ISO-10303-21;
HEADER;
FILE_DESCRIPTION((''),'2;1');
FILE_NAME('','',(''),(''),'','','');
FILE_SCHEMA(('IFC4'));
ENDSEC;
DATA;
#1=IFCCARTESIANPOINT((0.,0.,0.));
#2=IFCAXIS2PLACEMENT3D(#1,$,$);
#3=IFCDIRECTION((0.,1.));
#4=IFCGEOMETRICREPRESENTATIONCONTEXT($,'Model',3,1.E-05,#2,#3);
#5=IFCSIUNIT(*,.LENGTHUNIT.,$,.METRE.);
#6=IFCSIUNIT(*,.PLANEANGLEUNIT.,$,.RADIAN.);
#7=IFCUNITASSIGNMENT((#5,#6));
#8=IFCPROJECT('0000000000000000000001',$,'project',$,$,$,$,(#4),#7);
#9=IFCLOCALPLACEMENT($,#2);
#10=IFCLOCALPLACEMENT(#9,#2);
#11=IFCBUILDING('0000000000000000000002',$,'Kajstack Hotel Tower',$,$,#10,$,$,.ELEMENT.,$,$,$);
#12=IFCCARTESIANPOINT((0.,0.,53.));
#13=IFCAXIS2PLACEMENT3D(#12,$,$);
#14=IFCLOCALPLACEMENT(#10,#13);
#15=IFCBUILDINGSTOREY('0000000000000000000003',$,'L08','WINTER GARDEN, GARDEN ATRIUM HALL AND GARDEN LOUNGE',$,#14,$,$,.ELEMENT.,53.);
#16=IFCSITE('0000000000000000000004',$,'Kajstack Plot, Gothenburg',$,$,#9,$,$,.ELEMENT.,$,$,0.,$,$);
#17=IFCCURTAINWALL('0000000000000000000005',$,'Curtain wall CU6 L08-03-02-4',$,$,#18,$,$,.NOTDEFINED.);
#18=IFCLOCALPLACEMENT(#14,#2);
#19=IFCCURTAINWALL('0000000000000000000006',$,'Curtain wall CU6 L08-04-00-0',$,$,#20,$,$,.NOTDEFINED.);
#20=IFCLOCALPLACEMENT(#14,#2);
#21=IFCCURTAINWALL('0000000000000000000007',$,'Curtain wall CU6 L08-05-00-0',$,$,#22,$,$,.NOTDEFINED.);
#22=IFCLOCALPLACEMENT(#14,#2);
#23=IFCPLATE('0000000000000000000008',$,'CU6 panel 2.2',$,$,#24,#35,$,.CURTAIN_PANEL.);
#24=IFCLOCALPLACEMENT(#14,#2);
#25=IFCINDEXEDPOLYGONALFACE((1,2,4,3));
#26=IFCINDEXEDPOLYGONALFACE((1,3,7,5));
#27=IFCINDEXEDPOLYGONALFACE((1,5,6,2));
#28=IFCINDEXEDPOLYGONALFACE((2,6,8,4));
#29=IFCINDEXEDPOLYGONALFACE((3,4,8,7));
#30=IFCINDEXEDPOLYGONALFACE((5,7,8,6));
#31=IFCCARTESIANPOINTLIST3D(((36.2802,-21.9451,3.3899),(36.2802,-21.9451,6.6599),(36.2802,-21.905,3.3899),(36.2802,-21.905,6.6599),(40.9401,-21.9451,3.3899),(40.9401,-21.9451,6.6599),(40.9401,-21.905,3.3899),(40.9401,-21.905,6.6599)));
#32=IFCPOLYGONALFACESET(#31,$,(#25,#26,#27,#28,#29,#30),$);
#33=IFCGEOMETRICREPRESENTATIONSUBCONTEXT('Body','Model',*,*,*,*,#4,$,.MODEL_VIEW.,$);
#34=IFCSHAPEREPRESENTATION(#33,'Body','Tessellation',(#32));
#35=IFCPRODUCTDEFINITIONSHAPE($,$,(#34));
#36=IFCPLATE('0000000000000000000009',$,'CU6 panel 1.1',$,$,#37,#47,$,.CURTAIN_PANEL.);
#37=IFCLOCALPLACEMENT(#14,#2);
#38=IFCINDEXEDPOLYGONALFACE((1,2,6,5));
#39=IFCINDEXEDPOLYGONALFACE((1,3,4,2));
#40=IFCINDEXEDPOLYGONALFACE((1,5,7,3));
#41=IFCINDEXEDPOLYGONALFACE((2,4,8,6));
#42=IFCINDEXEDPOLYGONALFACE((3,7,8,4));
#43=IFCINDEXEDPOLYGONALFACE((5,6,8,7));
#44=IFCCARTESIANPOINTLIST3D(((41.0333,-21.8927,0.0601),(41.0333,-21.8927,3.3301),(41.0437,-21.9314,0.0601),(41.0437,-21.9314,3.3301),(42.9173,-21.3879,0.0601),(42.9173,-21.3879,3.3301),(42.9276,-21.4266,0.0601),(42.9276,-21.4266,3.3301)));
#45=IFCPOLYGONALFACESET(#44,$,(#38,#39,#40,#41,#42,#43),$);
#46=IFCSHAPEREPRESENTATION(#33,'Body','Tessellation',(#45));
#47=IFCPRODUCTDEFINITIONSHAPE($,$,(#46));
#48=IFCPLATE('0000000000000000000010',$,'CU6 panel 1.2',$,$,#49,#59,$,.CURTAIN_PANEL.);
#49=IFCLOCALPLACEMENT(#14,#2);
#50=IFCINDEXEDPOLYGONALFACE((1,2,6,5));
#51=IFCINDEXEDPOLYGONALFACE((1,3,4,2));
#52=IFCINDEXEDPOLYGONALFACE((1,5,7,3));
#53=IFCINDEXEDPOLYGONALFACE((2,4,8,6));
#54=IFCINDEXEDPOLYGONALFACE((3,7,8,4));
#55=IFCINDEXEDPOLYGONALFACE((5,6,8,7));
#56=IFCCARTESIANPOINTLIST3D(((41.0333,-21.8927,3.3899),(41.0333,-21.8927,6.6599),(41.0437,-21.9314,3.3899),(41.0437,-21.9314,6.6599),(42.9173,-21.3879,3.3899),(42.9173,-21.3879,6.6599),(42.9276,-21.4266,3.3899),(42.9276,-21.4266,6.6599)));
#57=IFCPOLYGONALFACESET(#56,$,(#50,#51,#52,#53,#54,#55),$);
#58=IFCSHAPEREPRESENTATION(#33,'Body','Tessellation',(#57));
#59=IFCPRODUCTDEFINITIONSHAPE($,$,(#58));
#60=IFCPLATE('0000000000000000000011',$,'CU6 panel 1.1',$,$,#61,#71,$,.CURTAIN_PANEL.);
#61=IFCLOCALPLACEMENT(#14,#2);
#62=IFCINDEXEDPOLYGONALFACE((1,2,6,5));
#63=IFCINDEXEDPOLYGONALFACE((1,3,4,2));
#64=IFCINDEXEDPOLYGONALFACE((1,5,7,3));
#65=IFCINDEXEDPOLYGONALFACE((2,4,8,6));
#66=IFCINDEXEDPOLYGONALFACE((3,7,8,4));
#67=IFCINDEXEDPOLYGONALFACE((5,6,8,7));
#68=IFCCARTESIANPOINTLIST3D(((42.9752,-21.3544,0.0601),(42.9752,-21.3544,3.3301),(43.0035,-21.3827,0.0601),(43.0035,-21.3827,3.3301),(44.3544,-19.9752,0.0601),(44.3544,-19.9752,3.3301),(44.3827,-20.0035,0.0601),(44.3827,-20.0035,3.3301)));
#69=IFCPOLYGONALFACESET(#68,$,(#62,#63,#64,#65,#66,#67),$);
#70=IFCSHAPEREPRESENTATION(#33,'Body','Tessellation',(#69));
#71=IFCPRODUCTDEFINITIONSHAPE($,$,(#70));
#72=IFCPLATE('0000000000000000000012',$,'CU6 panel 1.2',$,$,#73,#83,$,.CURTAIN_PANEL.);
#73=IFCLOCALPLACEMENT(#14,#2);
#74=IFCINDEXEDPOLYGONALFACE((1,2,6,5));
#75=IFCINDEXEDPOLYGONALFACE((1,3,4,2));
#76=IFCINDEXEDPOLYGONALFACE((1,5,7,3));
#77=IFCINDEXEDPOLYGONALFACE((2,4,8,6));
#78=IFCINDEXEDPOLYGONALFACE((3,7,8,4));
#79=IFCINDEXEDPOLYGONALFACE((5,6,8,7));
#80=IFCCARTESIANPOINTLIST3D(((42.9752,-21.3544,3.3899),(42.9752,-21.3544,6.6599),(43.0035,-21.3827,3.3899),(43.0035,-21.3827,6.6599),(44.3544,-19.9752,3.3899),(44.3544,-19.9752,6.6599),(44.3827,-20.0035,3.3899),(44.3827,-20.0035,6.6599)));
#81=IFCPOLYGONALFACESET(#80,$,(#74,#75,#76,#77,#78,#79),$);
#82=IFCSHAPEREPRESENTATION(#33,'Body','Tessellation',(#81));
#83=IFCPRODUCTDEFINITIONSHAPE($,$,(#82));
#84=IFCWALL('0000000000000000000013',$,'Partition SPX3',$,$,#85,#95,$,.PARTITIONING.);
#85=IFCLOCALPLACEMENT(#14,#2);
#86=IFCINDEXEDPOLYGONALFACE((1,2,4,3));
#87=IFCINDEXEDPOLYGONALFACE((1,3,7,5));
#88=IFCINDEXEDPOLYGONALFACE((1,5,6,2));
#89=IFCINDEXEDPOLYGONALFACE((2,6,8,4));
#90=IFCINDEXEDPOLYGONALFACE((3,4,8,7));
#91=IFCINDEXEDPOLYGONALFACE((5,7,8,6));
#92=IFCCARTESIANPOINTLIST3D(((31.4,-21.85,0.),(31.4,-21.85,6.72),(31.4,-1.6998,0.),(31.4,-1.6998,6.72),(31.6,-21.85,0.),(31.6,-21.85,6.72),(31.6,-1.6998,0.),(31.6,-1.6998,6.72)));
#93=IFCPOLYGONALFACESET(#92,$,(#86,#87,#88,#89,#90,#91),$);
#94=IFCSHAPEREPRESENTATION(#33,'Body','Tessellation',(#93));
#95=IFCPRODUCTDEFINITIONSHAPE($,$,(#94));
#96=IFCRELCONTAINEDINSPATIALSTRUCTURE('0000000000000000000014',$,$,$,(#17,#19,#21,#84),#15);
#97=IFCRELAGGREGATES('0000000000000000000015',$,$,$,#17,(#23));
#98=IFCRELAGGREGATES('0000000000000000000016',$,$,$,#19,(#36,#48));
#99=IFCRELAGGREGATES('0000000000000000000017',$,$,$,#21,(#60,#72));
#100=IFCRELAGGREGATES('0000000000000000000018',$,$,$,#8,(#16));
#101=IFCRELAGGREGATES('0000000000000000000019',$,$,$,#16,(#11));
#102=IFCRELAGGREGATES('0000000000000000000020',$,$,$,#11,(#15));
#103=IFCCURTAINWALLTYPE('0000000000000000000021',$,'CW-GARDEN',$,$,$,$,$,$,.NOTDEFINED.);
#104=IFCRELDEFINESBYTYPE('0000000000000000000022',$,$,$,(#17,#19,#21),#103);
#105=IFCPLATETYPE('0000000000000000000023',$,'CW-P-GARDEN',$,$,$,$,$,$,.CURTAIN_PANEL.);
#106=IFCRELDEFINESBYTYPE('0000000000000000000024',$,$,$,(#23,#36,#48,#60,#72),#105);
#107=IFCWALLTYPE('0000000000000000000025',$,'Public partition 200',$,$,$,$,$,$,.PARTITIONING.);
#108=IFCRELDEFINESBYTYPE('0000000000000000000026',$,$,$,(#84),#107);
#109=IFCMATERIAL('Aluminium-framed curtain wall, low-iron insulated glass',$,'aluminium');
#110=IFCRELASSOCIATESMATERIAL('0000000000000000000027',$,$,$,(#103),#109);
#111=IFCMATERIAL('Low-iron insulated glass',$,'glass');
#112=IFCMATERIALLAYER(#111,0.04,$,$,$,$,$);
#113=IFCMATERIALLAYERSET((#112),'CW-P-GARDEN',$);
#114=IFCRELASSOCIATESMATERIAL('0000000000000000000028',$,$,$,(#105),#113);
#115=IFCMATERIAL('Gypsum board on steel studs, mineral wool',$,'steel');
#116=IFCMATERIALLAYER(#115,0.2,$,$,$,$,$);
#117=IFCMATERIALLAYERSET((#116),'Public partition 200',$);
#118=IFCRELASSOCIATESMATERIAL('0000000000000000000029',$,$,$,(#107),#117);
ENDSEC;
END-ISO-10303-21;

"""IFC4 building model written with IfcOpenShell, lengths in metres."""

from ifc_helpers import new_model, si_unit, direction, frame, frame_2d, origin, origin_2d, place, context, subcontext, project, spatial, rectangle, extrude, material, layer, layer_set, type_object, element, aggregate, save


model = new_model("IFC4")

# Units and contexts
model_context = context("Model", 3, precision=1e-05, world=origin(), true_north=direction((0.0, 1.0)))
body_context = subcontext(model_context, "Body", "Model", "MODEL_VIEW")
ifc_project = project(units=[si_unit("LENGTHUNIT", "METRE"), si_unit("PLANEANGLEUNIT", "RADIAN")], contexts=[model_context])

# Site, building, storey
site_placement = place(None, origin())
site = spatial("IfcSite", under=ifc_project, at=site_placement, Name="Kajstack Plot, Gothenburg", CompositionType="ELEMENT", RefElevation=0.0)
building_placement = place(site_placement, origin())
building = spatial("IfcBuilding", under=site, at=building_placement, Name="Kajstack Hotel Tower", CompositionType="ELEMENT")
storey_placement = place(building_placement, frame((0.0, 0.0, 53.0)))
storey = spatial("IfcBuildingStorey", under=building, at=storey_placement, Name="L08", Description="WINTER GARDEN, GARDEN ATRIUM HALL AND GARDEN LOUNGE", CompositionType="ELEMENT", Elevation=53.0)

# Curtain walls
ifc_material_1 = material(Name="Aluminium-framed curtain wall, low-iron insulated glass", Category="aluminium")
curtain_wall_type = type_object("IfcCurtainWallType", Name="CW-GARDEN", PredefinedType="NOTDEFINED", material=ifc_material_1)
curtain_wall_1_placement = place(storey_placement, origin())
curtain_wall_1 = element("IfcCurtainWall", 1, at=curtain_wall_1_placement, inside=storey, type_object=curtain_wall_type, Name="Curtain wall CU6 L08-03-02-4", PredefinedType="NOTDEFINED")
curtain_wall_2_placement = place(storey_placement, origin())
curtain_wall_2 = element("IfcCurtainWall", 2, at=curtain_wall_2_placement, inside=storey, type_object=curtain_wall_type, Name="Curtain wall CU6 L08-04-00-0", PredefinedType="NOTDEFINED")
curtain_wall_3_placement = place(storey_placement, origin())
curtain_wall_3 = element("IfcCurtainWall", 3, at=curtain_wall_3_placement, inside=storey, type_object=curtain_wall_type, Name="Curtain wall CU6 L08-05-00-0", PredefinedType="NOTDEFINED")

# Plates
ifc_material_2 = material(Name="Low-iron insulated glass", Category="glass")
ifc_layer_1 = layer(ifc_material_2, 0.04)
ifc_layer_set_1 = layer_set([ifc_layer_1], Name="CW-P-GARDEN")
plate_type = type_object("IfcPlateType", Name="CW-P-GARDEN", PredefinedType="CURTAIN_PANEL", material=ifc_layer_set_1)
plate_1_placement = place(storey_placement, frame((38.6101, -21.925, 3.3899), z_axis=(0.0, 0.0, 1.0), x_axis=(1.0, 0.0, 0.0)))
plate_1 = element("IfcPlate", 4, at=plate_1_placement, type_object=plate_type, Name="CU6 panel 2.2", PredefinedType="CURTAIN_PANEL", context=body_context, shape_type="SweptSolid", body=[
    extrude(rectangle(XDim=4.6599, YDim=0.04, at=origin_2d()), origin(), (0.0, 0.0, 1.0), 3.27),
])
aggregate(curtain_wall_1, [plate_1])
plate_2_placement = place(storey_placement, frame((41.9805, -21.6597, 0.0601), z_axis=(0.0, 0.0, 1.0), x_axis=(0.965926, 0.25882, 0.0)))
plate_2 = element("IfcPlate", 5, at=plate_2_placement, type_object=plate_type, Name="CU6 panel 1.1", PredefinedType="CURTAIN_PANEL", context=body_context, shape_type="SweptSolid", body=[
    extrude(rectangle(XDim=1.9504, YDim=0.04, at=origin_2d()), origin(), (0.0, 0.0, 1.0), 3.27),
])
plate_3_placement = place(storey_placement, frame((41.9805, -21.6597, 3.3899), z_axis=(0.0, 0.0, 1.0), x_axis=(0.965926, 0.25882, 0.0)))
plate_3 = element("IfcPlate", 6, at=plate_3_placement, type_object=plate_type, Name="CU6 panel 1.2", PredefinedType="CURTAIN_PANEL", context=body_context, shape_type="SweptSolid", body=[
    extrude(rectangle(XDim=1.9504, YDim=0.04, at=origin_2d()), origin(), (0.0, 0.0, 1.0), 3.27),
])
aggregate(curtain_wall_2, [plate_2, plate_3])
plate_4_placement = place(storey_placement, frame((43.679, -20.679, 0.0601), z_axis=(0.0, 0.0, 1.0), x_axis=(0.707107, 0.707107, 0.0)))
plate_4 = element("IfcPlate", 7, at=plate_4_placement, type_object=plate_type, Name="CU6 panel 1.1", PredefinedType="CURTAIN_PANEL", context=body_context, shape_type="SweptSolid", body=[
    extrude(rectangle(XDim=1.9504, YDim=0.04, at=origin_2d()), origin(), (0.0, 0.0, 1.0), 3.27),
])
plate_5_placement = place(storey_placement, frame((43.679, -20.679, 3.3899), z_axis=(0.0, 0.0, 1.0), x_axis=(0.707107, 0.707107, 0.0)))
plate_5 = element("IfcPlate", 8, at=plate_5_placement, type_object=plate_type, Name="CU6 panel 1.2", PredefinedType="CURTAIN_PANEL", context=body_context, shape_type="SweptSolid", body=[
    extrude(rectangle(XDim=1.9504, YDim=0.04, at=origin_2d()), origin(), (0.0, 0.0, 1.0), 3.27),
])
aggregate(curtain_wall_3, [plate_4, plate_5])

# Wall
ifc_material_3 = material(Name="Gypsum board on steel studs, mineral wool", Category="steel")
ifc_layer_2 = layer(ifc_material_3, 0.2)
ifc_layer_set_2 = layer_set([ifc_layer_2], Name="Public partition 200")
wall_type = type_object("IfcWallType", Name="Public partition 200", PredefinedType="PARTITIONING", material=ifc_layer_set_2)
wall_placement = place(storey_placement, frame((31.5, -21.8501, 0.0), z_axis=(0.0, 0.0, 1.0), x_axis=(0.0, 1.0, 0.0)))
element("IfcWall", 9, at=wall_placement, inside=storey, type_object=wall_type, Name="Partition SPX3", PredefinedType="PARTITIONING", context=body_context, shape_type="SweptSolid", body=[
    extrude(rectangle(XDim=20.1501, YDim=0.2, at=frame_2d((10.0752, 0.0))), origin(), (0.0, 0.0, 1.0), 6.72),
])

save(model, "model.ifc")
